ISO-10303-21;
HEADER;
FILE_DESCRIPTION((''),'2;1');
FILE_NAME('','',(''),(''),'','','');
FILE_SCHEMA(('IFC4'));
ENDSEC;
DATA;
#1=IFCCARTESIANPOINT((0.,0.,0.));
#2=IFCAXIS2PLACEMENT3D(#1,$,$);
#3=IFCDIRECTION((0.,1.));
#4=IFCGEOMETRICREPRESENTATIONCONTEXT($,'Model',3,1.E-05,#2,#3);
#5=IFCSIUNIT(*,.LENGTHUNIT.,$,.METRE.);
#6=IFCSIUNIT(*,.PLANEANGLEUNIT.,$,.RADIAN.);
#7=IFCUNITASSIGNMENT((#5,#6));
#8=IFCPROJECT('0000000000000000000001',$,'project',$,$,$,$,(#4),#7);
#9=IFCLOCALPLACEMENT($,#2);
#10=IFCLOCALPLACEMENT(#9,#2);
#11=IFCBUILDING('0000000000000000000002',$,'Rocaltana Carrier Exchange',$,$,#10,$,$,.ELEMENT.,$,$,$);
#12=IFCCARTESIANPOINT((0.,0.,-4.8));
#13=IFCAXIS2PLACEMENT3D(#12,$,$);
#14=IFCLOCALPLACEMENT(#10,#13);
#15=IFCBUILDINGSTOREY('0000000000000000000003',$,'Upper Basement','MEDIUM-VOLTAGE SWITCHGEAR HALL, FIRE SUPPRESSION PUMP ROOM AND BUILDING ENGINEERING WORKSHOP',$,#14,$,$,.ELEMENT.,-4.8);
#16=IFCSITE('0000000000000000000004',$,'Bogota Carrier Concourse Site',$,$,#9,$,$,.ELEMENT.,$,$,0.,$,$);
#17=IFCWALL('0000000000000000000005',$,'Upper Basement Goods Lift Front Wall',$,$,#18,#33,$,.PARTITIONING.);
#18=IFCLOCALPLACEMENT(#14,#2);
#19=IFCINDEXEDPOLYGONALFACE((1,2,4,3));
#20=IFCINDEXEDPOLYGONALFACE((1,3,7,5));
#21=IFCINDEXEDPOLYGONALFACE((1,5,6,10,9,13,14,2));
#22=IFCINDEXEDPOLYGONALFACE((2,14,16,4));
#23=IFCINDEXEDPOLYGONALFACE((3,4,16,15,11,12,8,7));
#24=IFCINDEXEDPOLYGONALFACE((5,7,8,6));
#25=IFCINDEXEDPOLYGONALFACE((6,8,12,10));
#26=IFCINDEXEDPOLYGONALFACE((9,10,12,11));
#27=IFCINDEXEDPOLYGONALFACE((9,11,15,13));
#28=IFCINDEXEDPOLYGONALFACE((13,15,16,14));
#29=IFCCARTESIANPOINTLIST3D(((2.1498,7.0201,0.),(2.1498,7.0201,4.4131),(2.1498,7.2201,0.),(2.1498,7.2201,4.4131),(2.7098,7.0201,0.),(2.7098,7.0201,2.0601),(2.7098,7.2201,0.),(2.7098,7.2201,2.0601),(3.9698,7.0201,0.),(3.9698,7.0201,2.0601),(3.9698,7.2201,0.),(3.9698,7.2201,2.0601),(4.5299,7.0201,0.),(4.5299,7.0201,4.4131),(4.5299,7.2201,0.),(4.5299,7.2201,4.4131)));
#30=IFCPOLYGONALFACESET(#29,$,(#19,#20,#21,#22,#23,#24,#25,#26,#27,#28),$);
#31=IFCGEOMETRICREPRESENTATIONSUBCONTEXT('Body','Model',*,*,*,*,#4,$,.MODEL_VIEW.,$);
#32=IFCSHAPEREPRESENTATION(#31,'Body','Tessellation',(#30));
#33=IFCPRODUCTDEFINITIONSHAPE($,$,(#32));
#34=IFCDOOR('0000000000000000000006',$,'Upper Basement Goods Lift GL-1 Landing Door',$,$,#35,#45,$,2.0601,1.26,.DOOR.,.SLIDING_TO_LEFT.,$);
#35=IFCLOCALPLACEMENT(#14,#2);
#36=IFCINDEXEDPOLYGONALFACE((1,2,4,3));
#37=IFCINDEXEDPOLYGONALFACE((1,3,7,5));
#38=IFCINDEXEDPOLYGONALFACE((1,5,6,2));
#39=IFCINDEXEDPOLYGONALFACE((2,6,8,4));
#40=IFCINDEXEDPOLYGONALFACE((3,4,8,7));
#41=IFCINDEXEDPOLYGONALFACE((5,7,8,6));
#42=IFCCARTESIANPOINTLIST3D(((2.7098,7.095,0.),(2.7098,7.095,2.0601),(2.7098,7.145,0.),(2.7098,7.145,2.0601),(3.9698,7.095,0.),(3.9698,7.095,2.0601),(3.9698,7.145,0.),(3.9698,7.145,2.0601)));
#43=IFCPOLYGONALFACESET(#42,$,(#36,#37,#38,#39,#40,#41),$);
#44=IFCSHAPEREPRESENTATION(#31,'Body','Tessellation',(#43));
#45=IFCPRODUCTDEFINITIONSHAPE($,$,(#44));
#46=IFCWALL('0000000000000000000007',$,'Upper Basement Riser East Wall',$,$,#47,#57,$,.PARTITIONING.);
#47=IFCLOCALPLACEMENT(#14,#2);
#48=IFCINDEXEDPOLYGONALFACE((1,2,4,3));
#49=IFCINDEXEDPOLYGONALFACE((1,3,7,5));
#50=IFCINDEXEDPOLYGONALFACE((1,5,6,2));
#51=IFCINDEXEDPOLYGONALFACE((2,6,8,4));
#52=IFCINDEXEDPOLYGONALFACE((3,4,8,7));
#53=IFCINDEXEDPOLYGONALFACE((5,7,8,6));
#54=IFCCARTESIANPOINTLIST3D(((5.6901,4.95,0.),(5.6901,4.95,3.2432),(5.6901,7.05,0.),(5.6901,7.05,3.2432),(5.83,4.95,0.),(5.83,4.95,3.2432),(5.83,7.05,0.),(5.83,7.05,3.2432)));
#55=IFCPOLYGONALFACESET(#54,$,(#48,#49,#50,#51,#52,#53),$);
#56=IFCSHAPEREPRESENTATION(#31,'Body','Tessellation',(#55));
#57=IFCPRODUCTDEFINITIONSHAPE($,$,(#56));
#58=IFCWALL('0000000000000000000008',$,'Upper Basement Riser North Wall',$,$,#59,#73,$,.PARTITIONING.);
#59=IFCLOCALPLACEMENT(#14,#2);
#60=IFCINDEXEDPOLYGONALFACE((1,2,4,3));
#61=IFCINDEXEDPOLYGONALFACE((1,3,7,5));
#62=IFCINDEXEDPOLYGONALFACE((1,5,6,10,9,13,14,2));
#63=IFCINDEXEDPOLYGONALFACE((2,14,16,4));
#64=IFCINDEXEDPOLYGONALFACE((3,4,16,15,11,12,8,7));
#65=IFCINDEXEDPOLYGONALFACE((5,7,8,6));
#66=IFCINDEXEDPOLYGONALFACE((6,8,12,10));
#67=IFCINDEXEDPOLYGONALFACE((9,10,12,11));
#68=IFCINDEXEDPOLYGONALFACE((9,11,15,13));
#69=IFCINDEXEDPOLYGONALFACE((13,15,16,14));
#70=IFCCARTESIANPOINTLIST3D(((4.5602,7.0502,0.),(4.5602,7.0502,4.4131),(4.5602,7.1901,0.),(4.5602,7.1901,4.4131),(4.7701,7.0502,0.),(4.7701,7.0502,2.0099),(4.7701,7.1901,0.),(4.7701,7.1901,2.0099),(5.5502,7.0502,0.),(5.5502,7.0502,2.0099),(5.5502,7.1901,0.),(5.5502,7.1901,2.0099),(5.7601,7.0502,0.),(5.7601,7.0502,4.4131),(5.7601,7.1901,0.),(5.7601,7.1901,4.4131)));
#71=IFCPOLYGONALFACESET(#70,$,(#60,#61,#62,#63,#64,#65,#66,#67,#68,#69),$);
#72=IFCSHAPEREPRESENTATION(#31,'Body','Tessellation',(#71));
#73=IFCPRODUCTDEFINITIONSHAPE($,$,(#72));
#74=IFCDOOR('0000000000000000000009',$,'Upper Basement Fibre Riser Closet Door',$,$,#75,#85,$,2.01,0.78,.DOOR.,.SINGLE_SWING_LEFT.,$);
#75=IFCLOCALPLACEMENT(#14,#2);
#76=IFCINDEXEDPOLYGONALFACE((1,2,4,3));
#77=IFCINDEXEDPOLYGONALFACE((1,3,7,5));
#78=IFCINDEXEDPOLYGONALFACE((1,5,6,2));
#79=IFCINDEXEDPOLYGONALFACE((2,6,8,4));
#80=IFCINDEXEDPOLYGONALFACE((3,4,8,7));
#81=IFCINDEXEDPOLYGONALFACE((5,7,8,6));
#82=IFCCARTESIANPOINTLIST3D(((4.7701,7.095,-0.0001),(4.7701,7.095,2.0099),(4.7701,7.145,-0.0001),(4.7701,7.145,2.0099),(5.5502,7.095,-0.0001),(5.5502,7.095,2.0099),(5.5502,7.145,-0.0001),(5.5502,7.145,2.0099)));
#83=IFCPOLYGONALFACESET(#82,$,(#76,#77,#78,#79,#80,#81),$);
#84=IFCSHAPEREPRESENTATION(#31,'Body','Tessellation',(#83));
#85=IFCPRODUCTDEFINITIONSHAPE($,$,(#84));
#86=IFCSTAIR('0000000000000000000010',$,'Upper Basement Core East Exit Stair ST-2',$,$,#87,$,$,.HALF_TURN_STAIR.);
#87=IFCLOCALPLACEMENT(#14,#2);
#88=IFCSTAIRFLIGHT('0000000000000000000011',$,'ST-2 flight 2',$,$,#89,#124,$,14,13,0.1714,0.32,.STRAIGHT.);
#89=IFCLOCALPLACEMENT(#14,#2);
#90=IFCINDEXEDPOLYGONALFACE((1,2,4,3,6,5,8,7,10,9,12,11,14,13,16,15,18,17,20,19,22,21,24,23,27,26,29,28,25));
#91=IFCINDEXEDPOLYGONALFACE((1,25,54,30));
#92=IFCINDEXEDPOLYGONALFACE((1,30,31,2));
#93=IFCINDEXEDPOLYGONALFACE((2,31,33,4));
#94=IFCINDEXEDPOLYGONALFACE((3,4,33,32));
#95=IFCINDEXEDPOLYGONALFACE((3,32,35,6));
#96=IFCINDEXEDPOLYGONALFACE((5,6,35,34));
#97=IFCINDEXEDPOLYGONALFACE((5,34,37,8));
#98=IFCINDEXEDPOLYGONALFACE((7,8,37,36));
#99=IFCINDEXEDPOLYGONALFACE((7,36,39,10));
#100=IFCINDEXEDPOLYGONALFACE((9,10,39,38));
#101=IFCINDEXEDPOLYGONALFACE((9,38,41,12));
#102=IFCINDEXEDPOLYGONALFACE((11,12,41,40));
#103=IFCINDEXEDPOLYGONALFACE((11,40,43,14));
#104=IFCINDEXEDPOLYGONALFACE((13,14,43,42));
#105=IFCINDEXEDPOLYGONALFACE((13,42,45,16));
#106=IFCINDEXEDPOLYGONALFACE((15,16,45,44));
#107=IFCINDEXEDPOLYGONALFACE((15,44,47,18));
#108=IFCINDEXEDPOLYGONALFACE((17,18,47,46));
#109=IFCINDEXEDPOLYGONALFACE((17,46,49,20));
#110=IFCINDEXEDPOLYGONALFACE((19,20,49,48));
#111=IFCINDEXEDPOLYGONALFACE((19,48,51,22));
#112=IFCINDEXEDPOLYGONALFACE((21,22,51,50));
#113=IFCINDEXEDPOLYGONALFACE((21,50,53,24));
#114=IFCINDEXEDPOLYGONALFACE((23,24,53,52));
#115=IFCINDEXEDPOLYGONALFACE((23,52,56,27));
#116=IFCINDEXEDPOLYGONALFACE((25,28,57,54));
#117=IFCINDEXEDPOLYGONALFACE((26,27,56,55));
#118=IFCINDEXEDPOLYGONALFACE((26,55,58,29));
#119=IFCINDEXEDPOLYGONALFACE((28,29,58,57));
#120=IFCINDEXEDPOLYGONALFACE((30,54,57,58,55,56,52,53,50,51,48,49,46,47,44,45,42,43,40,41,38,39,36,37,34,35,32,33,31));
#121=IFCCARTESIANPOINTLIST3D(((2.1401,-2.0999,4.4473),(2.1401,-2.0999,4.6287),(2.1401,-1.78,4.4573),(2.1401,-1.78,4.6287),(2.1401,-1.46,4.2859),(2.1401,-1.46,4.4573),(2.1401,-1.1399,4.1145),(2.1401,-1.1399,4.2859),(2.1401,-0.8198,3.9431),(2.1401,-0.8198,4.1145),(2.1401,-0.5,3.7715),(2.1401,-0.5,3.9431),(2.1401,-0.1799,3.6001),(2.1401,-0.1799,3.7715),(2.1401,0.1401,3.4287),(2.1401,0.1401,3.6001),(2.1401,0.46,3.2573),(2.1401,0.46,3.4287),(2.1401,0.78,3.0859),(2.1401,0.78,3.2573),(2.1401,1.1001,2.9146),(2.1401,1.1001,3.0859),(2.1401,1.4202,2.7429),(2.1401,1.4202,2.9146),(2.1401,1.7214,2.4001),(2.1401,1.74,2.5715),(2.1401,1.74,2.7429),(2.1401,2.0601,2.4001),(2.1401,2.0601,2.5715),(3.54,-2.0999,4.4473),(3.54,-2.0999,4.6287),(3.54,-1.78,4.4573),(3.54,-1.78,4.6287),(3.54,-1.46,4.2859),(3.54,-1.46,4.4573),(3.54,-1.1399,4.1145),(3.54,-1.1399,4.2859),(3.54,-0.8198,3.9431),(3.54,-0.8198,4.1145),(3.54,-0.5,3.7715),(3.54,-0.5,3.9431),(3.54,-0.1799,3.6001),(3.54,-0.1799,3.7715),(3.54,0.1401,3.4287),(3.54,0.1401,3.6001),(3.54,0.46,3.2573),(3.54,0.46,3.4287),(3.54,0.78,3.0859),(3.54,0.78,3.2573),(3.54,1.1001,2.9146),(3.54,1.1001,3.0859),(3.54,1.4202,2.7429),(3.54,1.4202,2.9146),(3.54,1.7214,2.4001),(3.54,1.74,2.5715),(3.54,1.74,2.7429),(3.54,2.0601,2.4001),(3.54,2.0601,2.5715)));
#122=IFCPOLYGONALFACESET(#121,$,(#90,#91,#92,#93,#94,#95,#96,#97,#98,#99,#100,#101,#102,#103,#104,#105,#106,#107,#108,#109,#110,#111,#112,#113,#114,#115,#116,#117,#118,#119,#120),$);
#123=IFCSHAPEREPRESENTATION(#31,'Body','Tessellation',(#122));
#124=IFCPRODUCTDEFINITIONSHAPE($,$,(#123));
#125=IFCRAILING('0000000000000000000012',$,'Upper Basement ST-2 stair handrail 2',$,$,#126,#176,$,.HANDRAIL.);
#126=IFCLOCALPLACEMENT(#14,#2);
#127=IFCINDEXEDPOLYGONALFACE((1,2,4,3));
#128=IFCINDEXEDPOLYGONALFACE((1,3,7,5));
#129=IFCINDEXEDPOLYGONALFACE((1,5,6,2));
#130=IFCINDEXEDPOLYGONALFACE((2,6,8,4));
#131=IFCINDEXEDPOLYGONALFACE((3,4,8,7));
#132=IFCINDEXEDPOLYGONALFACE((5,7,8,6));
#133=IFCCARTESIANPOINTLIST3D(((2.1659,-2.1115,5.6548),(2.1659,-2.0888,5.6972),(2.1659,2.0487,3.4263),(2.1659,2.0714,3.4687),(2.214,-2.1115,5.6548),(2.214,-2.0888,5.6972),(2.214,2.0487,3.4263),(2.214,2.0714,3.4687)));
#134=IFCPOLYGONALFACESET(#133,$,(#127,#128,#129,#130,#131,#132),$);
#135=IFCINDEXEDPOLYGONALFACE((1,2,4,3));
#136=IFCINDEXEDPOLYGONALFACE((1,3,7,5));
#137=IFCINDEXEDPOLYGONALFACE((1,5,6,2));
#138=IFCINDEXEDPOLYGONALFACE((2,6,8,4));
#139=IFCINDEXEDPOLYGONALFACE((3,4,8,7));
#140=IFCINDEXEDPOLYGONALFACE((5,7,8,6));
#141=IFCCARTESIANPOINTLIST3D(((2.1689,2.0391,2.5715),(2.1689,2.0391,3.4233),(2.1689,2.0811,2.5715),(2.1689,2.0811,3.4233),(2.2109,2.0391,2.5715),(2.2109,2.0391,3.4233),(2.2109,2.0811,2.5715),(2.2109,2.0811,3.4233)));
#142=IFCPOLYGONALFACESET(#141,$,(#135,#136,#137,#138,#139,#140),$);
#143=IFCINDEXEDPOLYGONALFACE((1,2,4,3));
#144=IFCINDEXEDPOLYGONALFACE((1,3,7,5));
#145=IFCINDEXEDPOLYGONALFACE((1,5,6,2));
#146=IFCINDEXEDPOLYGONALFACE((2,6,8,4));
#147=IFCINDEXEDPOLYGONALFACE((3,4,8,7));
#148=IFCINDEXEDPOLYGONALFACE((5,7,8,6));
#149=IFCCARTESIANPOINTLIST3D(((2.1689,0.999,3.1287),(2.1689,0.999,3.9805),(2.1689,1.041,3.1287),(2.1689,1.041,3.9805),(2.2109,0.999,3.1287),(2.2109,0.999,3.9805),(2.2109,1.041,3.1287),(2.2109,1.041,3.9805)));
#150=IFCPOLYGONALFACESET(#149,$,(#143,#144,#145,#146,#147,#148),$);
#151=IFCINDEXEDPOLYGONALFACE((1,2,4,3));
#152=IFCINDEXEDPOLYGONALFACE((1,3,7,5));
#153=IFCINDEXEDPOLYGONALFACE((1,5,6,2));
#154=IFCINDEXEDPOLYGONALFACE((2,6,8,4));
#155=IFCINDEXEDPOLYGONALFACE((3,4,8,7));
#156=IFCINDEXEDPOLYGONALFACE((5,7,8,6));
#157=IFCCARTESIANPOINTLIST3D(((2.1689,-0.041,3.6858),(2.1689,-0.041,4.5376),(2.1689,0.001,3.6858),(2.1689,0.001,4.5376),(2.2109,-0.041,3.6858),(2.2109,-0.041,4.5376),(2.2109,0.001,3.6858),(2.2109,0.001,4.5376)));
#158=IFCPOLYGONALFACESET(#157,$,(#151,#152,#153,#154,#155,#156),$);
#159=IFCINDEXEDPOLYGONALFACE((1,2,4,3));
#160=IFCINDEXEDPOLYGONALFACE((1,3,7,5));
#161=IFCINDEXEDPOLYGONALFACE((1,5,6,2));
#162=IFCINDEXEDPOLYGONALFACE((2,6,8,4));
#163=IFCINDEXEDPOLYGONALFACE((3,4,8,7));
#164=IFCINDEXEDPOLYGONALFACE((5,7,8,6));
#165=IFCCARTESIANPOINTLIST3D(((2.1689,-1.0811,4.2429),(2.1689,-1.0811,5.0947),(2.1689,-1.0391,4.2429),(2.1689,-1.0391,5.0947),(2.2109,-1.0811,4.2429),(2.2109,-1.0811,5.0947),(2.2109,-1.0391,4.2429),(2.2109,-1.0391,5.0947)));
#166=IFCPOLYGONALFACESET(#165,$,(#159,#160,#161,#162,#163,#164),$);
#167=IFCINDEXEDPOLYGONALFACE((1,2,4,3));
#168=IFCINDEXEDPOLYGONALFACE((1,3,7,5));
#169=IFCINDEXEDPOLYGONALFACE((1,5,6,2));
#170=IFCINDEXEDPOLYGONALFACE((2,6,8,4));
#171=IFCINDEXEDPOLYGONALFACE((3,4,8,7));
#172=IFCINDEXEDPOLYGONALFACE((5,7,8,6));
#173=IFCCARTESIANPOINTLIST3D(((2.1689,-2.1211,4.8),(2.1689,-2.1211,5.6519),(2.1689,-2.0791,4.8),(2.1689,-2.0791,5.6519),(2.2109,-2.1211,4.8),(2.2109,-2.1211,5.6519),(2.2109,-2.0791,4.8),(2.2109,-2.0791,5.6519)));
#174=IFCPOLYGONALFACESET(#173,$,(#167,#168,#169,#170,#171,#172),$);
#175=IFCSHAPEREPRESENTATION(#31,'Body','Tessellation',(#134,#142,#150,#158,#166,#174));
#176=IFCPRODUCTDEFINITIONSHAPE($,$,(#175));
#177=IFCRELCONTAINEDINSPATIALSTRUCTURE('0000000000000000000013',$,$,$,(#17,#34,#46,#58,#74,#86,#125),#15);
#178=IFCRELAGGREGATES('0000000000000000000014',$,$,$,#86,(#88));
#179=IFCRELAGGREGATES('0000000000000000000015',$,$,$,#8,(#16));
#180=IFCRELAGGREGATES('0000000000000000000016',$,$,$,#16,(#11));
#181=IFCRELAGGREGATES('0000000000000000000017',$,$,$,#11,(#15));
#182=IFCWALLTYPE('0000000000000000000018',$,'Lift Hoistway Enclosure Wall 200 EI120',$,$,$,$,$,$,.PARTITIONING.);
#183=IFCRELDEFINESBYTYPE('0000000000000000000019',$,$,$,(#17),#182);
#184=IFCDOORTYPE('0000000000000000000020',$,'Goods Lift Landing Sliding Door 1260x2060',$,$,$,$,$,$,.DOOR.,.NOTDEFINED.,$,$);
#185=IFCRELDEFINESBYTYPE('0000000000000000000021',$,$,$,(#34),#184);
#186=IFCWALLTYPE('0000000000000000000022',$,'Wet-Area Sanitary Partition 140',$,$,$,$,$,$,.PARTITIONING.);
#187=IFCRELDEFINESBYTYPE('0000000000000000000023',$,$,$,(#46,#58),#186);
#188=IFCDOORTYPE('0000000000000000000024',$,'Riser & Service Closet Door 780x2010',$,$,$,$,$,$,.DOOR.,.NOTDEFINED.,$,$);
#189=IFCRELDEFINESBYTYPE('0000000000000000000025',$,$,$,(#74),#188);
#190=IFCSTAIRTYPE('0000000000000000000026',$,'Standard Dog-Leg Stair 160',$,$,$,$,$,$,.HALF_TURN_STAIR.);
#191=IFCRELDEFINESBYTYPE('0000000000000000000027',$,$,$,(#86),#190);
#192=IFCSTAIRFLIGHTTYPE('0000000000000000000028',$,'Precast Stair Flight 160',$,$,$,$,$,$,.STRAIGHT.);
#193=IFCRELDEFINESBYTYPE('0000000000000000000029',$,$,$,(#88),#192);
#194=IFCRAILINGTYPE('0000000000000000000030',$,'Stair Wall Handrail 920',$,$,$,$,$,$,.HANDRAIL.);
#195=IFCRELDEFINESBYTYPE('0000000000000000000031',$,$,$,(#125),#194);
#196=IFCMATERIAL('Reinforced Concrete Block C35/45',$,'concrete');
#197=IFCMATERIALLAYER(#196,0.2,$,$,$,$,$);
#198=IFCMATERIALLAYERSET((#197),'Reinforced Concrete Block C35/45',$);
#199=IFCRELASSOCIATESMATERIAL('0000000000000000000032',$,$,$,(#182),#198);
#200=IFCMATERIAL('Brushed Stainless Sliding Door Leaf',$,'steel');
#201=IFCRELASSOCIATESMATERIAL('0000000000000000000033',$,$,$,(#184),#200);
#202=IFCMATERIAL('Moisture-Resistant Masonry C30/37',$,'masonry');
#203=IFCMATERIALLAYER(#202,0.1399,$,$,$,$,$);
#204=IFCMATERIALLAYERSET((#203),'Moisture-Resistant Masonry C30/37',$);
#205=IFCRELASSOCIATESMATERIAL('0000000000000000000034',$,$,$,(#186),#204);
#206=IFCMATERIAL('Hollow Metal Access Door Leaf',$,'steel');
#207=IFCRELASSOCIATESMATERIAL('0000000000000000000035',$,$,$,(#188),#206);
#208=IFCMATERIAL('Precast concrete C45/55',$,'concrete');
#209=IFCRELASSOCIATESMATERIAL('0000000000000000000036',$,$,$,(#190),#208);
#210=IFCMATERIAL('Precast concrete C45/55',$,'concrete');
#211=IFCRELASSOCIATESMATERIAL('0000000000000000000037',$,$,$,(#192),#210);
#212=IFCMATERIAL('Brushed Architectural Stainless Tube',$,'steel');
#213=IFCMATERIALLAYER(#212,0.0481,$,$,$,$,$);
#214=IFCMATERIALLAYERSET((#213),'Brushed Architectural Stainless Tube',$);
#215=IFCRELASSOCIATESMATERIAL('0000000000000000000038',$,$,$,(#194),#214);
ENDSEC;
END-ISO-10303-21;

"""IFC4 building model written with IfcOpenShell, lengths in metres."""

from ifc_helpers import new_model, si_unit, direction, frame, frame_2d, origin, origin_2d, place, context, subcontext, project, spatial, polyline, rectangle, outline, extrude, material, layer, layer_set, type_object, element, fill, aggregate, save


model = new_model("IFC4")

# Units and contexts
model_context = context("Model", 3, precision=1e-05, world=origin(), true_north=direction((0.0, 1.0)))
body_context = subcontext(model_context, "Body", "Model", "MODEL_VIEW")
ifc_project = project(units=[si_unit("LENGTHUNIT", "METRE"), si_unit("PLANEANGLEUNIT", "RADIAN")], contexts=[model_context])

# Site, building, storey
site_placement = place(None, origin())
site = spatial("IfcSite", under=ifc_project, at=site_placement, Name="Bogota Carrier Concourse Site", CompositionType="ELEMENT", RefElevation=0.0)
building_placement = place(site_placement, origin())
building = spatial("IfcBuilding", under=site, at=building_placement, Name="Rocaltana Carrier Exchange", CompositionType="ELEMENT")
storey_placement = place(building_placement, frame((0.0, 0.0, -4.8)))
storey = spatial("IfcBuildingStorey", under=building, at=storey_placement, Name="Upper Basement", Description="MEDIUM-VOLTAGE SWITCHGEAR HALL, FIRE SUPPRESSION PUMP ROOM AND BUILDING ENGINEERING WORKSHOP", CompositionType="ELEMENT", Elevation=-4.8)

# Shared definitions
ifc_material_1 = material(Name="Reinforced Concrete Block C35/45", Category="concrete")
ifc_layer_1 = layer(ifc_material_1, 0.2)
ifc_layer_set_1 = layer_set([ifc_layer_1], Name="Reinforced Concrete Block C35/45")
wall_type_1 = type_object("IfcWallType", Name="Lift Hoistway Enclosure Wall 200 EI120", PredefinedType="PARTITIONING", material=ifc_layer_set_1)

# Wall, opening, door
wall_1_placement = place(storey_placement, frame((2.1499, 7.1201, 0.0), z_axis=(0.0, 0.0, 1.0), x_axis=(1.0, 0.0, 0.0)))
wall_1 = element("IfcWall", 1, at=wall_1_placement, inside=storey, type_object=wall_type_1, Name="Upper Basement Goods Lift Front Wall", PredefinedType="PARTITIONING", context=body_context, shape_type="SweptSolid", body=[
    extrude(rectangle(XDim=2.3801, YDim=0.2, at=frame_2d((1.1899, 0.0))), origin(), (0.0, 0.0, 1.0), 4.4131),
])
opening_1_placement = place(wall_1_placement, frame((0.5601, 0.0, 0.0)))
opening_1 = element("IfcOpeningElement", 2, at=opening_1_placement, cuts=wall_1, PredefinedType="OPENING", context=body_context, shape_type="SweptSolid", body=[
    extrude(rectangle(XDim=1.26, YDim=2.0601, at=frame_2d((0.6299, 1.03))), frame((0.0, 0.1099, 0.0), z_axis=(0.0, -1.0, 0.0), x_axis=(1.0, 0.0, 0.0)), (0.0, 0.0, 1.0), 0.22),
])
ifc_material_2 = material(Name="Brushed Stainless Sliding Door Leaf", Category="steel")
door_type_1 = type_object("IfcDoorType", Name="Goods Lift Landing Sliding Door 1260x2060", OperationType="NOTDEFINED", PredefinedType="DOOR", material=ifc_material_2)
door_1_placement = place(opening_1_placement, origin())
door_1 = element("IfcDoor", 3, at=door_1_placement, inside=storey, type_object=door_type_1, Name="Upper Basement Goods Lift GL-1 Landing Door", OperationType="SLIDING_TO_LEFT", OverallHeight=2.0601, OverallWidth=1.26, PredefinedType="DOOR", context=body_context, shape_type="SweptSolid", body=[
    extrude(rectangle(XDim=1.26, YDim=2.0601, at=frame_2d((0.6299, 1.03))), frame((0.0, 0.0249, 0.0), z_axis=(0.0, -1.0, 0.0), x_axis=(1.0, 0.0, 0.0)), (0.0, 0.0, 1.0), 0.05),
])
fill(opening_1, door_1)

# Wall
ifc_material_3 = material(Name="Moisture-Resistant Masonry C30/37", Category="masonry")
ifc_layer_2 = layer(ifc_material_3, 0.1399)
ifc_layer_set_2 = layer_set([ifc_layer_2], Name="Moisture-Resistant Masonry C30/37")
wall_type_2 = type_object("IfcWallType", Name="Wet-Area Sanitary Partition 140", PredefinedType="PARTITIONING", material=ifc_layer_set_2)
wall_2_placement = place(storey_placement, frame((5.76, 4.95, 0.0), z_axis=(0.0, 0.0, 1.0), x_axis=(0.0, 1.0, 0.0)))
element("IfcWall", 4, at=wall_2_placement, inside=storey, type_object=wall_type_2, Name="Upper Basement Riser East Wall", PredefinedType="PARTITIONING", context=body_context, shape_type="SweptSolid", body=[
    extrude(rectangle(XDim=2.1001, YDim=0.1399, at=frame_2d((1.05, 0.0))), origin(), (0.0, 0.0, 1.0), 3.2432),
])

# Wall, opening, door
wall_3_placement = place(storey_placement, frame((4.5601, 7.1201, 0.0), z_axis=(0.0, 0.0, 1.0), x_axis=(1.0, 0.0, 0.0)))
wall_3 = element("IfcWall", 5, at=wall_3_placement, inside=storey, type_object=wall_type_2, Name="Upper Basement Riser North Wall", PredefinedType="PARTITIONING", context=body_context, shape_type="SweptSolid", body=[
    extrude(rectangle(XDim=1.2, YDim=0.1399, at=frame_2d((0.6001, 0.0))), origin(), (0.0, 0.0, 1.0), 4.4131),
])
opening_2_placement = place(wall_3_placement, frame((0.21, 0.0, 0.0)))
opening_2 = element("IfcOpeningElement", 6, at=opening_2_placement, cuts=wall_3, PredefinedType="OPENING", context=body_context, shape_type="SweptSolid", body=[
    extrude(rectangle(XDim=0.78, YDim=2.01, at=frame_2d((0.3901, 1.0049))), frame((0.0, 0.0798, 0.0), z_axis=(0.0, -1.0, 0.0), x_axis=(1.0, 0.0, 0.0)), (0.0, 0.0, 1.0), 0.1599),
])
ifc_material_4 = material(Name="Hollow Metal Access Door Leaf", Category="steel")
door_type_2 = type_object("IfcDoorType", Name="Riser & Service Closet Door 780x2010", OperationType="NOTDEFINED", PredefinedType="DOOR", material=ifc_material_4)
door_2_placement = place(opening_2_placement, origin())
door_2 = element("IfcDoor", 7, at=door_2_placement, inside=storey, type_object=door_type_2, Name="Upper Basement Fibre Riser Closet Door", OperationType="SINGLE_SWING_LEFT", OverallHeight=2.01, OverallWidth=0.78, PredefinedType="DOOR", context=body_context, shape_type="SweptSolid", body=[
    extrude(rectangle(XDim=0.78, YDim=2.01, at=frame_2d((0.3901, 1.0049))), frame((0.0, 0.0249, 0.0), z_axis=(0.0, -1.0, 0.0), x_axis=(1.0, 0.0, 0.0)), (0.0, 0.0, 1.0), 0.05),
])
fill(opening_2, door_2)

# Stair, stair flight
ifc_material_5 = material(Name="Precast concrete C45/55", Category="concrete")
stair_type = type_object("IfcStairType", Name="Standard Dog-Leg Stair 160", PredefinedType="HALF_TURN_STAIR", material=ifc_material_5)
stair_placement = place(storey_placement, origin())
stair = element("IfcStair", 8, at=stair_placement, inside=storey, type_object=stair_type, Name="Upper Basement Core East Exit Stair ST-2", PredefinedType="HALF_TURN_STAIR")
ifc_material_6 = material(Name="Precast concrete C45/55", Category="concrete")
stair_flight_type = type_object("IfcStairFlightType", Name="Precast Stair Flight 160", PredefinedType="STRAIGHT", material=ifc_material_6)
stair_flight_placement = place(storey_placement, frame((2.8401, 2.0601, 2.4001), z_axis=(0.0, 0.0, 1.0), x_axis=(0.0, -1.0, 0.0)))
stair_flight = element("IfcStairFlight", 9, at=stair_flight_placement, type_object=stair_flight_type, Name="ST-2 flight 2", NumberOfRisers=14, NumberOfTreads=13, PredefinedType="STRAIGHT", RiserHeight=0.1714, TreadLength=0.32, context=body_context, shape_type="SweptSolid", body=[
    extrude(outline(polyline([(0.0, 0.0), (0.0, 0.1714), (0.3201, 0.1714), (0.3201, 0.3428), (0.6399, 0.3428), (0.6399, 0.5144), (0.96, 0.5144), (0.96, 0.6858), (1.28, 0.6858), (1.28, 0.8572), (1.6001, 0.8572), (1.6001, 1.0286), (1.9199, 1.0286), (1.9199, 1.2), (2.24, 1.2), (2.24, 1.3713), (2.5601, 1.3713), (2.5601, 1.543), (2.8799, 1.543), (2.8799, 1.7144), (3.2, 1.7144), (3.2, 1.8857), (3.52, 1.8857), (3.52, 2.0571), (3.8401, 2.0571), (3.8401, 2.2285), (4.1599, 2.2285), (4.1599, 2.3999), (4.1599, 2.0471), (0.3386, 0.0), (0.0, 0.0)])), frame((0.0, 0.7, 0.0), z_axis=(0.0, -1.0, 0.0), x_axis=(1.0, 0.0, 0.0)), (0.0, 0.0, 1.0), 1.3999),
])
aggregate(stair, [stair_flight])

# Railing
ifc_material_7 = material(Name="Brushed Architectural Stainless Tube", Category="steel")
ifc_layer_3 = layer(ifc_material_7, 0.0481)
ifc_layer_set_3 = layer_set([ifc_layer_3], Name="Brushed Architectural Stainless Tube")
railing_type_1 = type_object("IfcRailingType", Name="Stair Wall Handrail 920", PredefinedType="HANDRAIL", material=ifc_layer_set_3)
railing_1_placement = place(storey_placement, frame((2.1899, 2.0601, 2.5715)))
element("IfcRailing", 10, at=railing_1_placement, inside=storey, type_object=railing_type_1, Name="Upper Basement ST-2 stair handrail 2", PredefinedType="HANDRAIL", context=body_context, shape_type="SweptSolid", body=[
    extrude(rectangle(XDim=0.0481, YDim=0.0481, at=origin_2d()), frame((0.0, 0.0, 0.876), z_axis=(0.0, -0.881492, 0.472198), x_axis=(1.0, 0.0, 0.0)), (0.0, 0.0, 1.0), 4.7195),
    extrude(rectangle(XDim=0.042, YDim=0.042, at=origin_2d()), origin(), (0.0, 0.0, 1.0), 0.8518),
    extrude(rectangle(XDim=0.042, YDim=0.042, at=origin_2d()), frame((0.0, -1.04, 0.5571)), (0.0, 0.0, 1.0), 0.8518),
    extrude(rectangle(XDim=0.042, YDim=0.042, at=origin_2d()), frame((0.0, -2.0801, 1.1143)), (0.0, 0.0, 1.0), 0.8518),
    extrude(rectangle(XDim=0.042, YDim=0.042, at=origin_2d()), frame((0.0, -3.1201, 1.6714)), (0.0, 0.0, 1.0), 0.8518),
    extrude(rectangle(XDim=0.042, YDim=0.042, at=origin_2d()), frame((0.0, -4.1602, 2.2285)), (0.0, 0.0, 1.0), 0.8518),
])

save(model, "model.ifc")
